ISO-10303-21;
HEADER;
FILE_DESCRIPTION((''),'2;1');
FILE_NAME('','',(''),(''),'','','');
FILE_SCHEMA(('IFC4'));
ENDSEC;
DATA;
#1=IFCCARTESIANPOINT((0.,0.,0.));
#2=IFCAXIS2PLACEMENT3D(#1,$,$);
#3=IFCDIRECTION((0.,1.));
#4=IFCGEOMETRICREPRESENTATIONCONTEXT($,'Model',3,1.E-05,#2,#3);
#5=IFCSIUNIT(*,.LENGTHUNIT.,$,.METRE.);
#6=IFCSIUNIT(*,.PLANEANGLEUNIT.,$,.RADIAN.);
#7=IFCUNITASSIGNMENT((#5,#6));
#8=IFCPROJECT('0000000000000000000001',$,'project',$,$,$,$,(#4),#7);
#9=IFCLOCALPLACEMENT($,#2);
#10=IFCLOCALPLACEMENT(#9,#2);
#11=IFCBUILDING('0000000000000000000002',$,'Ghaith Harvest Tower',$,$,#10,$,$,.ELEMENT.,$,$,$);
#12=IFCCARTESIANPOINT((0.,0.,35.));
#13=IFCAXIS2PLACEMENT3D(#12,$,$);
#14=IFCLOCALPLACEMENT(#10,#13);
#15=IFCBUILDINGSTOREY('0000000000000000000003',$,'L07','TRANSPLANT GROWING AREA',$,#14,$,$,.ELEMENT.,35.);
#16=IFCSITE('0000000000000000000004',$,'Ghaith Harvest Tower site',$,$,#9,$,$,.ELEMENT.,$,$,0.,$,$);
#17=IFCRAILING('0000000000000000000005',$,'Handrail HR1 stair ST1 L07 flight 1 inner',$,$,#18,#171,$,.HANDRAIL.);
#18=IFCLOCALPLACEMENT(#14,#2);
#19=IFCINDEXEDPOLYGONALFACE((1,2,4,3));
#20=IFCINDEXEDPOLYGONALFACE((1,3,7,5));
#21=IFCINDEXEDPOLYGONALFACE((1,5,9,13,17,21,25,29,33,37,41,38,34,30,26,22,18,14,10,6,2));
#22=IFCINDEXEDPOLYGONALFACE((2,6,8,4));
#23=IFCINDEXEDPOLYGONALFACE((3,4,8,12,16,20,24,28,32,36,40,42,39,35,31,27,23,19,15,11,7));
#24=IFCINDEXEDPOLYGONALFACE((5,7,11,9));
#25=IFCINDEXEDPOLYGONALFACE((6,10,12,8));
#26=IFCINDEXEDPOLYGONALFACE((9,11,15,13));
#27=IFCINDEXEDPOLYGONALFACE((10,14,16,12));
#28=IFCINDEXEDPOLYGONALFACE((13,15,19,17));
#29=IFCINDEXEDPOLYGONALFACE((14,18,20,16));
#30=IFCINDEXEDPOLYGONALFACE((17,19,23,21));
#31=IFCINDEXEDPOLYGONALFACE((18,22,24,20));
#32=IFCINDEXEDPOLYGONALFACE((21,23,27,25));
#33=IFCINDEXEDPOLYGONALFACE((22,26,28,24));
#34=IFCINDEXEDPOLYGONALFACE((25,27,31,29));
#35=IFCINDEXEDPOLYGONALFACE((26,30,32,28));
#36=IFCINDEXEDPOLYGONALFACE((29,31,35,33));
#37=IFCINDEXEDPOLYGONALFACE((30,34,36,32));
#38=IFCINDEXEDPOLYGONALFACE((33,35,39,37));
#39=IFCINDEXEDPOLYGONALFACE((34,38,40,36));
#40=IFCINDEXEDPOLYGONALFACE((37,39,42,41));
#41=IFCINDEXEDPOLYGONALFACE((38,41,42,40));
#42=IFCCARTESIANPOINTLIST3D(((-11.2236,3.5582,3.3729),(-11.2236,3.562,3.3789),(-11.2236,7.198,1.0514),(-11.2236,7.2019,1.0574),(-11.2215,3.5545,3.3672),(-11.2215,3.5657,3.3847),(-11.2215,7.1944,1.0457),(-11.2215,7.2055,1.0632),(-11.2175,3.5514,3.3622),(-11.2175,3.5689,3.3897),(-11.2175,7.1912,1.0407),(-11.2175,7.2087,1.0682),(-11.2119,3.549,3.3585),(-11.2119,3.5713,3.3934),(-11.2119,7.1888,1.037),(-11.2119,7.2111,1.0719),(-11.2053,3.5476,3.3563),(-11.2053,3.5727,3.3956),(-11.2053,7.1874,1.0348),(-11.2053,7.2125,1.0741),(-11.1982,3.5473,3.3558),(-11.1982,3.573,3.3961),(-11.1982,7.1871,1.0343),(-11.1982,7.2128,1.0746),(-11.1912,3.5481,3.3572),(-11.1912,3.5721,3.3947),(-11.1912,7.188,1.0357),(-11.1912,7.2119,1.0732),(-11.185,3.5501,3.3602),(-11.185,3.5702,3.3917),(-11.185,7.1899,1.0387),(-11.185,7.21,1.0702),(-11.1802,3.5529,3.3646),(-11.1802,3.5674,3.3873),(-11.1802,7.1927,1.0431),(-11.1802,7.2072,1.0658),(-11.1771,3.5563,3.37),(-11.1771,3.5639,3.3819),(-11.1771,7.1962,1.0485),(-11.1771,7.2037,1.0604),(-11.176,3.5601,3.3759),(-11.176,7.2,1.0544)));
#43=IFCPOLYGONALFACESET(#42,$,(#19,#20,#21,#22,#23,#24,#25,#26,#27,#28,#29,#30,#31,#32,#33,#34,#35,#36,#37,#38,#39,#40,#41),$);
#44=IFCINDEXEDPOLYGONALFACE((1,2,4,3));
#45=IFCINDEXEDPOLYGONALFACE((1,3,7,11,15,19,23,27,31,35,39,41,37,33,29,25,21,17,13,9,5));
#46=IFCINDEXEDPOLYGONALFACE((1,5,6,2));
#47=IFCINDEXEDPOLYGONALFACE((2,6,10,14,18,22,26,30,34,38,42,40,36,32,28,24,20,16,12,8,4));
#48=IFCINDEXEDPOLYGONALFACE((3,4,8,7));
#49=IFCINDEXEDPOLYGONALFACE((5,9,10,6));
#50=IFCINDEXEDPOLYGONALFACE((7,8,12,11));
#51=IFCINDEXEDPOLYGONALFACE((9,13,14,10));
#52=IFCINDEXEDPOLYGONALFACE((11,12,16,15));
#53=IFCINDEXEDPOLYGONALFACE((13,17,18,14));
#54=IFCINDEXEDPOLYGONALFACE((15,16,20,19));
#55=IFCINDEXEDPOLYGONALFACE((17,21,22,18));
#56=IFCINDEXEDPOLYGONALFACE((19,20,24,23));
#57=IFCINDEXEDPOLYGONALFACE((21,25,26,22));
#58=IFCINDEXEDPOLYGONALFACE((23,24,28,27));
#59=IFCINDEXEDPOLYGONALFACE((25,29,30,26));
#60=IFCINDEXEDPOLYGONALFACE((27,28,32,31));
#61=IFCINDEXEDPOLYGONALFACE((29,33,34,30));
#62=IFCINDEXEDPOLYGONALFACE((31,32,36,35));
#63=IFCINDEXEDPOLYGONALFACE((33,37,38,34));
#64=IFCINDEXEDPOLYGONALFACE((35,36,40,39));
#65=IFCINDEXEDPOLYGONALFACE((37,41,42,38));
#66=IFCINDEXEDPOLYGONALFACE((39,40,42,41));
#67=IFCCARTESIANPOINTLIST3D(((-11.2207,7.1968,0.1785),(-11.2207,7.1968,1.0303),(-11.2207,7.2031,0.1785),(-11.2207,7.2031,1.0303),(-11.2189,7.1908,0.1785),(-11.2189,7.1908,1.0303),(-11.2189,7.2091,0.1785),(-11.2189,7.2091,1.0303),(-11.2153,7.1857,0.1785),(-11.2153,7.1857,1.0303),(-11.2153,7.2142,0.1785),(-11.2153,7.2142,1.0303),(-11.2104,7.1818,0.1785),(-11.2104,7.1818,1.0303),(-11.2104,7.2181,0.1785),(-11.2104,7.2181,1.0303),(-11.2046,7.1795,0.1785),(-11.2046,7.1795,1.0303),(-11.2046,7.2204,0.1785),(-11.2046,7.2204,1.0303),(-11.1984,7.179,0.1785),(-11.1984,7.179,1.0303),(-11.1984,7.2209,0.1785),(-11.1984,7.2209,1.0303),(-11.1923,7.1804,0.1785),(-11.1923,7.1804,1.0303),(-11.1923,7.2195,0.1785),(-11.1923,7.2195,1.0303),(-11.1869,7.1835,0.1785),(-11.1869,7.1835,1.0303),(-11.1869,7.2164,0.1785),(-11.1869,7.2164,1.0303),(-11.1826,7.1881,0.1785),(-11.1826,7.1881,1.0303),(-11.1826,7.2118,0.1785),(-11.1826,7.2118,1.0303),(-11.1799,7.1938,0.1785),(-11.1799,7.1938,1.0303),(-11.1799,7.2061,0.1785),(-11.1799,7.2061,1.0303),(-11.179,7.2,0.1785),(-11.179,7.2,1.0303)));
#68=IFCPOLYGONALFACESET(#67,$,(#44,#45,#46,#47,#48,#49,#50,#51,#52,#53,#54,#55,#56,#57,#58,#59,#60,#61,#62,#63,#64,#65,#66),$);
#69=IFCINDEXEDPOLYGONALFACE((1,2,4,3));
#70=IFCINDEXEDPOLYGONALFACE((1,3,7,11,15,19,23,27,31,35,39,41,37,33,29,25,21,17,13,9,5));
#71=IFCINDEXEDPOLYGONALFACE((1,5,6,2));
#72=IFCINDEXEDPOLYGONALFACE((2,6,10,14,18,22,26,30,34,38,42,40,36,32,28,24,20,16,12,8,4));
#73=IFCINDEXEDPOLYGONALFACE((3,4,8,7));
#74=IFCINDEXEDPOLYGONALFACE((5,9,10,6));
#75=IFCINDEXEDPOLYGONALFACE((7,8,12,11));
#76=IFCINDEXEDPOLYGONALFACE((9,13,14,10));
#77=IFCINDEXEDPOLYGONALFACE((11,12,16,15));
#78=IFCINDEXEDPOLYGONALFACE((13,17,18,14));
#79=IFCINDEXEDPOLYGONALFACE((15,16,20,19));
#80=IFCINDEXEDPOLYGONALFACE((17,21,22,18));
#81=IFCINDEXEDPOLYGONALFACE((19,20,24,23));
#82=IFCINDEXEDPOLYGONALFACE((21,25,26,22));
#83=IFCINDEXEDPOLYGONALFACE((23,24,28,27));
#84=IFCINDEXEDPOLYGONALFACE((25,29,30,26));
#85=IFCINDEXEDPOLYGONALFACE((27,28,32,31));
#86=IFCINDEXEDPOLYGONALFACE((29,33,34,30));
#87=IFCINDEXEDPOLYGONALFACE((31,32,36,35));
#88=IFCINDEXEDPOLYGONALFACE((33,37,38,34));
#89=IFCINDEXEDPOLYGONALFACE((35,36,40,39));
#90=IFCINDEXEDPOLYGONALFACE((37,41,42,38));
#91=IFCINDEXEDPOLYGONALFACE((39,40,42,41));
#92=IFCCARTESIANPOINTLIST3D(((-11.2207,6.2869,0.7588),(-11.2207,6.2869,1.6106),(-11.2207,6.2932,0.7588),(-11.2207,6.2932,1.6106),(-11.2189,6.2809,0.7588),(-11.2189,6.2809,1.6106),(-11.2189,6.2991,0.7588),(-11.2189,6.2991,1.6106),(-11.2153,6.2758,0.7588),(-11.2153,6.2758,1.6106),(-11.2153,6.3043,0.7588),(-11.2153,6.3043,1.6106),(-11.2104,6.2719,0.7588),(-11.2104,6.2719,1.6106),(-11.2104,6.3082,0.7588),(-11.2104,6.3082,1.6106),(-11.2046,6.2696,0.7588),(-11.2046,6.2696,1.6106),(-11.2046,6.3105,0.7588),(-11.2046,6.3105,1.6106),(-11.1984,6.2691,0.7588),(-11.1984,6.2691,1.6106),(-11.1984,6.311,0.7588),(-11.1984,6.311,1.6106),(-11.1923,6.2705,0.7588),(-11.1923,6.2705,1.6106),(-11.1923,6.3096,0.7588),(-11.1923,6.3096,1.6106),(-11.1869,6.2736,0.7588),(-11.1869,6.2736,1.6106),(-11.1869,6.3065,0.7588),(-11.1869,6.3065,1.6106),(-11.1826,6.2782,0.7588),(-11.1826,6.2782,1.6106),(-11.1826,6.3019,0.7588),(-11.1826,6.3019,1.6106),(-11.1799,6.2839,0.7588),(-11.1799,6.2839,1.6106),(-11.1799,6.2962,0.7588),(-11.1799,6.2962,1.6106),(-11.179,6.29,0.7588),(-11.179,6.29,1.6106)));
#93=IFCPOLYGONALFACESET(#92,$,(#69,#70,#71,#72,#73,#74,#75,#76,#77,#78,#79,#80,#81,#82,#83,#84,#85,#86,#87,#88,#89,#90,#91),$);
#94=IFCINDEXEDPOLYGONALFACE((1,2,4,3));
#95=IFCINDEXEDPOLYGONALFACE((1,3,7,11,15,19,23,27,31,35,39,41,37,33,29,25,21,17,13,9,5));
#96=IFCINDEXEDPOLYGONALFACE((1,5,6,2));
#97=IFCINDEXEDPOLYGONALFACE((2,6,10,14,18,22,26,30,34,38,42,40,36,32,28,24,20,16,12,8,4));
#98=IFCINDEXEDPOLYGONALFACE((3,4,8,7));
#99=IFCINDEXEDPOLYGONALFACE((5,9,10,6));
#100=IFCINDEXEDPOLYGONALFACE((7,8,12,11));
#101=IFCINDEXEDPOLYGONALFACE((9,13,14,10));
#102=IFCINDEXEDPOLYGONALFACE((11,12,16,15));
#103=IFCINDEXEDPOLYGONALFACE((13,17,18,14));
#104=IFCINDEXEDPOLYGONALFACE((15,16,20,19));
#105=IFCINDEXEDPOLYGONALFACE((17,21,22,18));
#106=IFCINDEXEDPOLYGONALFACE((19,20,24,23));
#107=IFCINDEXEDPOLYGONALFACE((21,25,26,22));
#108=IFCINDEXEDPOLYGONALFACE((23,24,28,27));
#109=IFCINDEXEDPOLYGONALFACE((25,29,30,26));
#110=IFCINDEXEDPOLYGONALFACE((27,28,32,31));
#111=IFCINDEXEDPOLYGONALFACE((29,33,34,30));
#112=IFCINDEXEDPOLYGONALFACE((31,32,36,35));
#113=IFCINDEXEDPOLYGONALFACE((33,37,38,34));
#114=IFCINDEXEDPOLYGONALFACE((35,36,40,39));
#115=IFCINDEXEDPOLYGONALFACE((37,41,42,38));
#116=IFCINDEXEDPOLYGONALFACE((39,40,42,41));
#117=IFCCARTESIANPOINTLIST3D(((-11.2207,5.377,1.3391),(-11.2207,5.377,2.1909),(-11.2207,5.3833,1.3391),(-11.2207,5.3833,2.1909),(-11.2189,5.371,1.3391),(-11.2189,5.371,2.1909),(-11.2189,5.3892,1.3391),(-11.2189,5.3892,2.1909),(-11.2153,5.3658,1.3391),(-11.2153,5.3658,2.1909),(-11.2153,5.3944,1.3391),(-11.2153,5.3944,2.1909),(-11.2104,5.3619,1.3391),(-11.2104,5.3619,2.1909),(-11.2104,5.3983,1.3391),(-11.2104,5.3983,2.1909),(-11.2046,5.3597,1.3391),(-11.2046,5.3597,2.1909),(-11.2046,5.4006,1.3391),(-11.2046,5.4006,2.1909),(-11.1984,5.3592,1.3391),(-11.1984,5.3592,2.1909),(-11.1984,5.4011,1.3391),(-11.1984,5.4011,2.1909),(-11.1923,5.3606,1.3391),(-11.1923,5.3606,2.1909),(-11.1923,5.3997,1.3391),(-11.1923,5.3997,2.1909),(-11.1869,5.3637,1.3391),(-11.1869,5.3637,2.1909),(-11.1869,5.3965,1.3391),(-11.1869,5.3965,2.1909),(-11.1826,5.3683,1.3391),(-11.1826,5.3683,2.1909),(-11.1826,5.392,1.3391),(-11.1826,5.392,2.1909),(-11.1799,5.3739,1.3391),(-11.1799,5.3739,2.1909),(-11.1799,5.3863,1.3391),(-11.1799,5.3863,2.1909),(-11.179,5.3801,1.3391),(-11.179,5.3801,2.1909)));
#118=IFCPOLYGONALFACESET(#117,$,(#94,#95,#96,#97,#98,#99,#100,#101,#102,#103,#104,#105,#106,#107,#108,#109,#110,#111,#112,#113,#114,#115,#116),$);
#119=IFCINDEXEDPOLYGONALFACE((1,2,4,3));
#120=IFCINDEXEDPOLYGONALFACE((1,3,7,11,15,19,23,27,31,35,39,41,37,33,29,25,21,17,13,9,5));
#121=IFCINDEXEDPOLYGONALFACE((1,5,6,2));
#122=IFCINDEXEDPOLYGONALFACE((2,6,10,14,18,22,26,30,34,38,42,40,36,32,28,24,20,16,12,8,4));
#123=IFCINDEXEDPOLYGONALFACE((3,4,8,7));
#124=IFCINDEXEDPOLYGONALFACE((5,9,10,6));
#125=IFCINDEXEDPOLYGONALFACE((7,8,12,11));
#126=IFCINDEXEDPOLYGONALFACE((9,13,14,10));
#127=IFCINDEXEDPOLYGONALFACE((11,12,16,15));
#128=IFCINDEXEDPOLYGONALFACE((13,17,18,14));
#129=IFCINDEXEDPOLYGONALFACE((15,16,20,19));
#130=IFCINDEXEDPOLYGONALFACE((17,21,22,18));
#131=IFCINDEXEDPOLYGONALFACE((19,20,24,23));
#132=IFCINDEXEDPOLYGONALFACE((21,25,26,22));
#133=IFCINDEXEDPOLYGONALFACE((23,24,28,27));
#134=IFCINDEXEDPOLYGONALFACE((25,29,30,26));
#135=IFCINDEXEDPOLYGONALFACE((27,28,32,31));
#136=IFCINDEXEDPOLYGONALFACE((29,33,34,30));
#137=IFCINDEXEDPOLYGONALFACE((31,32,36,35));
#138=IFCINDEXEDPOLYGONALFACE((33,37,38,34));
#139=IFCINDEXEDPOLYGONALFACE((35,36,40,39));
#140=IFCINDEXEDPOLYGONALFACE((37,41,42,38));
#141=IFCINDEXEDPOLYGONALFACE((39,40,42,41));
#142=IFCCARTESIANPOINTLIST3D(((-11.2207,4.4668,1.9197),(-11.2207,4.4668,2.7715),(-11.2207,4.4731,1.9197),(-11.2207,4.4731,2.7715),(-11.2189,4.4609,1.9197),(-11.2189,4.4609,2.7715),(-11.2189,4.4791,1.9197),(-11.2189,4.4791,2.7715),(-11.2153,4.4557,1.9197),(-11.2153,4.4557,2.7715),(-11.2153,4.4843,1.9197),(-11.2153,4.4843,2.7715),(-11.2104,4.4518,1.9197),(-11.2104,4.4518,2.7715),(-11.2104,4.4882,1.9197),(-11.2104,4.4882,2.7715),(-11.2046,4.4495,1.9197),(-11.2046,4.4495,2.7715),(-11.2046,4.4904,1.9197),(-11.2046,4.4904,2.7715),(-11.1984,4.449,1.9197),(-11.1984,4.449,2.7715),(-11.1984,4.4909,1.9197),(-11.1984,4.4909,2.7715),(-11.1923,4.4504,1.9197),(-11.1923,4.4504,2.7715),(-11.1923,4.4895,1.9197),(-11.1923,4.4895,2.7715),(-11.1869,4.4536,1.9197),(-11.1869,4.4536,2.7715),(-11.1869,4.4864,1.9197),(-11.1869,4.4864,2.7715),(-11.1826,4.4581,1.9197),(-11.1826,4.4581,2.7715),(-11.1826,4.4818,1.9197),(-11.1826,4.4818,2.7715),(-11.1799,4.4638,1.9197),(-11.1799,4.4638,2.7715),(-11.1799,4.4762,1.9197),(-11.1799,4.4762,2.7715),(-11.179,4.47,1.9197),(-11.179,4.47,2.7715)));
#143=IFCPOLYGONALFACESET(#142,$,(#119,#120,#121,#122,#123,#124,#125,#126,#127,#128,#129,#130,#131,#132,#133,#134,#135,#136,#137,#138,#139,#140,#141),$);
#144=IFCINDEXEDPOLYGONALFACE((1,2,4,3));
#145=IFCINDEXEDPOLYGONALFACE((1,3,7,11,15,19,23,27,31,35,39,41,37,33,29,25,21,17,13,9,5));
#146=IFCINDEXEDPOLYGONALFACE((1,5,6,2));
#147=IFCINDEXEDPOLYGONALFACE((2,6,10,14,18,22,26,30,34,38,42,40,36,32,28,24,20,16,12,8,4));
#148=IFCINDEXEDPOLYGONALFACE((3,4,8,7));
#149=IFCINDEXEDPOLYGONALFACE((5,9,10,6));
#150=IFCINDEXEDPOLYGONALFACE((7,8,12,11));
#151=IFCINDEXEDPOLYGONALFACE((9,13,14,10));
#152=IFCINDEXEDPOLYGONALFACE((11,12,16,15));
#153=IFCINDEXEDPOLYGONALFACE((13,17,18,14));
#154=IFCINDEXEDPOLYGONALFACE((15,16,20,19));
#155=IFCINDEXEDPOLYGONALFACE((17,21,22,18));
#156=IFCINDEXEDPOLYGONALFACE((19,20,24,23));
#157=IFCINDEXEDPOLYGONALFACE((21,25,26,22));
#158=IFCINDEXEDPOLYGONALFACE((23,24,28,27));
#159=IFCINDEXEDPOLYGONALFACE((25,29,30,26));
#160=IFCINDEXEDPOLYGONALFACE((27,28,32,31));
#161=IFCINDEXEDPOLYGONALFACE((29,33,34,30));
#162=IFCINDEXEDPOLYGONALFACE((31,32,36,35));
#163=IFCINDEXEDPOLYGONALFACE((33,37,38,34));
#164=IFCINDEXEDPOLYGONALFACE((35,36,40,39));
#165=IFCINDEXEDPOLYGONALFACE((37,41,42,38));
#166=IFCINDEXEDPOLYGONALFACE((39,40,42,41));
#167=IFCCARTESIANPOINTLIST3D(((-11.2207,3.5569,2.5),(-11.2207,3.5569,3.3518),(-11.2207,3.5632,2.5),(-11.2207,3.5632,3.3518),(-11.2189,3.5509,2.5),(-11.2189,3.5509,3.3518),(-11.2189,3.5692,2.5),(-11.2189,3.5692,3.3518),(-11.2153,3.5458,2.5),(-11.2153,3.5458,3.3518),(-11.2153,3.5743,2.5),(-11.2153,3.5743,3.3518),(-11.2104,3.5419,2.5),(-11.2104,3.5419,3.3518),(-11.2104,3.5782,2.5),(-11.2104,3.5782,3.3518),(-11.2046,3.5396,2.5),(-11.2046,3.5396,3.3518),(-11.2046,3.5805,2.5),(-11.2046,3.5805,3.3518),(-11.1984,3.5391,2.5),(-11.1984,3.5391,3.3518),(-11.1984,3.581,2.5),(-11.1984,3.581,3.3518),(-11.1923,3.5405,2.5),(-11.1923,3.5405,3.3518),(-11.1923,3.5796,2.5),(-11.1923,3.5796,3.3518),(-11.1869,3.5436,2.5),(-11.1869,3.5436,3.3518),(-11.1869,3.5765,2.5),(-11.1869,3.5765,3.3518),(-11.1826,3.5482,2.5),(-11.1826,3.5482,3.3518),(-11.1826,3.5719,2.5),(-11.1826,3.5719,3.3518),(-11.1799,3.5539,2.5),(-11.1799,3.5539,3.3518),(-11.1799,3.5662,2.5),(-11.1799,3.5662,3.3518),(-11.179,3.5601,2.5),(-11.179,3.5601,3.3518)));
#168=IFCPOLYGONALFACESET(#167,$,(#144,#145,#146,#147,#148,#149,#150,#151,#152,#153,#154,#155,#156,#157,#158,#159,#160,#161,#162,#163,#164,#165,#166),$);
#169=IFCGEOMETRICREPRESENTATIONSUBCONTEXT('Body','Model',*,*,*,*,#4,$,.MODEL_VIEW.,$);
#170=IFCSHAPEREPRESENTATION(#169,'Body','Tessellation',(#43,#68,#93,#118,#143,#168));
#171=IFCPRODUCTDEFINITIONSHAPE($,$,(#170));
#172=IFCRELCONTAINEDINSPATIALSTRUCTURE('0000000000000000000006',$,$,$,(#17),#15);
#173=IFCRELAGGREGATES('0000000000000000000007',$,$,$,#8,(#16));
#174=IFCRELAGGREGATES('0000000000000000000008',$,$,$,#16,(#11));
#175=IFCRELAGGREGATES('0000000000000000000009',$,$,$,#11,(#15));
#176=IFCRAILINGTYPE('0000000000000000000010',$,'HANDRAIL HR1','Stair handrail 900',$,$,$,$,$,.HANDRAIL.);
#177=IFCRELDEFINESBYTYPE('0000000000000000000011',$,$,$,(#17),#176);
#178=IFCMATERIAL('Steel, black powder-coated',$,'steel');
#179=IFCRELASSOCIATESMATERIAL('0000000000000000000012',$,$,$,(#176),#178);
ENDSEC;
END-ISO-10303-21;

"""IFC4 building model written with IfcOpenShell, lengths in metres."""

from ifc_helpers import new_model, si_unit, direction, frame, origin, origin_2d, place, context, subcontext, project, spatial, circle, extrude, material, type_object, element, save


model = new_model("IFC4")

# Units and contexts
model_context = context("Model", 3, precision=1e-05, world=origin(), true_north=direction((0.0, 1.0)))
body_context = subcontext(model_context, "Body", "Model", "MODEL_VIEW")
ifc_project = project(units=[si_unit("LENGTHUNIT", "METRE"), si_unit("PLANEANGLEUNIT", "RADIAN")], contexts=[model_context])

# Site, building, storey
site_placement = place(None, origin())
site = spatial("IfcSite", under=ifc_project, at=site_placement, Name="Ghaith Harvest Tower site", CompositionType="ELEMENT", RefElevation=0.0)
building_placement = place(site_placement, origin())
building = spatial("IfcBuilding", under=site, at=building_placement, Name="Ghaith Harvest Tower", CompositionType="ELEMENT")
storey_placement = place(building_placement, frame((0.0, 0.0, 35.0)))
storey = spatial("IfcBuildingStorey", under=building, at=storey_placement, Name="L07", Description="TRANSPLANT GROWING AREA", CompositionType="ELEMENT", Elevation=35.0)

# Railing
ifc_material_1 = material(Name="Steel, black powder-coated", Category="steel")
railing_type = type_object("IfcRailingType", Name="HANDRAIL HR1", Description="Stair handrail 900", PredefinedType="HANDRAIL", material=ifc_material_1)
railing_1_placement = place(storey_placement, frame((-11.2, 7.2, 0.1785)))
element("IfcRailing", 1, at=railing_1_placement, inside=storey, type_object=railing_type, Name="Handrail HR1 stair ST1 L07 flight 1 inner", PredefinedType="HANDRAIL", context=body_context, shape_type="SweptSolid", body=[
    extrude(circle(Radius=0.0239, at=origin_2d()), frame((0.0, 0.0, 0.876), z_axis=(0.0, -0.843112, 0.537739), x_axis=(1.0, 0.0, 0.0)), (0.0, 0.0, 1.0), 4.3171),
    extrude(circle(Radius=0.021, at=origin_2d()), origin(), (0.0, 0.0, 1.0), 0.8518),
    extrude(circle(Radius=0.021, at=origin_2d()), frame((0.0, -0.9099, 0.5803)), (0.0, 0.0, 1.0), 0.8518),
    extrude(circle(Radius=0.021, at=origin_2d()), frame((0.0, -1.8198, 1.1606)), (0.0, 0.0, 1.0), 0.8518),
    extrude(circle(Radius=0.021, at=origin_2d()), frame((0.0, -2.73, 1.7412)), (0.0, 0.0, 1.0), 0.8518),
    extrude(circle(Radius=0.021, at=origin_2d()), frame((0.0, -3.6399, 2.3215)), (0.0, 0.0, 1.0), 0.8518),
])

save(model, "model.ifc")
